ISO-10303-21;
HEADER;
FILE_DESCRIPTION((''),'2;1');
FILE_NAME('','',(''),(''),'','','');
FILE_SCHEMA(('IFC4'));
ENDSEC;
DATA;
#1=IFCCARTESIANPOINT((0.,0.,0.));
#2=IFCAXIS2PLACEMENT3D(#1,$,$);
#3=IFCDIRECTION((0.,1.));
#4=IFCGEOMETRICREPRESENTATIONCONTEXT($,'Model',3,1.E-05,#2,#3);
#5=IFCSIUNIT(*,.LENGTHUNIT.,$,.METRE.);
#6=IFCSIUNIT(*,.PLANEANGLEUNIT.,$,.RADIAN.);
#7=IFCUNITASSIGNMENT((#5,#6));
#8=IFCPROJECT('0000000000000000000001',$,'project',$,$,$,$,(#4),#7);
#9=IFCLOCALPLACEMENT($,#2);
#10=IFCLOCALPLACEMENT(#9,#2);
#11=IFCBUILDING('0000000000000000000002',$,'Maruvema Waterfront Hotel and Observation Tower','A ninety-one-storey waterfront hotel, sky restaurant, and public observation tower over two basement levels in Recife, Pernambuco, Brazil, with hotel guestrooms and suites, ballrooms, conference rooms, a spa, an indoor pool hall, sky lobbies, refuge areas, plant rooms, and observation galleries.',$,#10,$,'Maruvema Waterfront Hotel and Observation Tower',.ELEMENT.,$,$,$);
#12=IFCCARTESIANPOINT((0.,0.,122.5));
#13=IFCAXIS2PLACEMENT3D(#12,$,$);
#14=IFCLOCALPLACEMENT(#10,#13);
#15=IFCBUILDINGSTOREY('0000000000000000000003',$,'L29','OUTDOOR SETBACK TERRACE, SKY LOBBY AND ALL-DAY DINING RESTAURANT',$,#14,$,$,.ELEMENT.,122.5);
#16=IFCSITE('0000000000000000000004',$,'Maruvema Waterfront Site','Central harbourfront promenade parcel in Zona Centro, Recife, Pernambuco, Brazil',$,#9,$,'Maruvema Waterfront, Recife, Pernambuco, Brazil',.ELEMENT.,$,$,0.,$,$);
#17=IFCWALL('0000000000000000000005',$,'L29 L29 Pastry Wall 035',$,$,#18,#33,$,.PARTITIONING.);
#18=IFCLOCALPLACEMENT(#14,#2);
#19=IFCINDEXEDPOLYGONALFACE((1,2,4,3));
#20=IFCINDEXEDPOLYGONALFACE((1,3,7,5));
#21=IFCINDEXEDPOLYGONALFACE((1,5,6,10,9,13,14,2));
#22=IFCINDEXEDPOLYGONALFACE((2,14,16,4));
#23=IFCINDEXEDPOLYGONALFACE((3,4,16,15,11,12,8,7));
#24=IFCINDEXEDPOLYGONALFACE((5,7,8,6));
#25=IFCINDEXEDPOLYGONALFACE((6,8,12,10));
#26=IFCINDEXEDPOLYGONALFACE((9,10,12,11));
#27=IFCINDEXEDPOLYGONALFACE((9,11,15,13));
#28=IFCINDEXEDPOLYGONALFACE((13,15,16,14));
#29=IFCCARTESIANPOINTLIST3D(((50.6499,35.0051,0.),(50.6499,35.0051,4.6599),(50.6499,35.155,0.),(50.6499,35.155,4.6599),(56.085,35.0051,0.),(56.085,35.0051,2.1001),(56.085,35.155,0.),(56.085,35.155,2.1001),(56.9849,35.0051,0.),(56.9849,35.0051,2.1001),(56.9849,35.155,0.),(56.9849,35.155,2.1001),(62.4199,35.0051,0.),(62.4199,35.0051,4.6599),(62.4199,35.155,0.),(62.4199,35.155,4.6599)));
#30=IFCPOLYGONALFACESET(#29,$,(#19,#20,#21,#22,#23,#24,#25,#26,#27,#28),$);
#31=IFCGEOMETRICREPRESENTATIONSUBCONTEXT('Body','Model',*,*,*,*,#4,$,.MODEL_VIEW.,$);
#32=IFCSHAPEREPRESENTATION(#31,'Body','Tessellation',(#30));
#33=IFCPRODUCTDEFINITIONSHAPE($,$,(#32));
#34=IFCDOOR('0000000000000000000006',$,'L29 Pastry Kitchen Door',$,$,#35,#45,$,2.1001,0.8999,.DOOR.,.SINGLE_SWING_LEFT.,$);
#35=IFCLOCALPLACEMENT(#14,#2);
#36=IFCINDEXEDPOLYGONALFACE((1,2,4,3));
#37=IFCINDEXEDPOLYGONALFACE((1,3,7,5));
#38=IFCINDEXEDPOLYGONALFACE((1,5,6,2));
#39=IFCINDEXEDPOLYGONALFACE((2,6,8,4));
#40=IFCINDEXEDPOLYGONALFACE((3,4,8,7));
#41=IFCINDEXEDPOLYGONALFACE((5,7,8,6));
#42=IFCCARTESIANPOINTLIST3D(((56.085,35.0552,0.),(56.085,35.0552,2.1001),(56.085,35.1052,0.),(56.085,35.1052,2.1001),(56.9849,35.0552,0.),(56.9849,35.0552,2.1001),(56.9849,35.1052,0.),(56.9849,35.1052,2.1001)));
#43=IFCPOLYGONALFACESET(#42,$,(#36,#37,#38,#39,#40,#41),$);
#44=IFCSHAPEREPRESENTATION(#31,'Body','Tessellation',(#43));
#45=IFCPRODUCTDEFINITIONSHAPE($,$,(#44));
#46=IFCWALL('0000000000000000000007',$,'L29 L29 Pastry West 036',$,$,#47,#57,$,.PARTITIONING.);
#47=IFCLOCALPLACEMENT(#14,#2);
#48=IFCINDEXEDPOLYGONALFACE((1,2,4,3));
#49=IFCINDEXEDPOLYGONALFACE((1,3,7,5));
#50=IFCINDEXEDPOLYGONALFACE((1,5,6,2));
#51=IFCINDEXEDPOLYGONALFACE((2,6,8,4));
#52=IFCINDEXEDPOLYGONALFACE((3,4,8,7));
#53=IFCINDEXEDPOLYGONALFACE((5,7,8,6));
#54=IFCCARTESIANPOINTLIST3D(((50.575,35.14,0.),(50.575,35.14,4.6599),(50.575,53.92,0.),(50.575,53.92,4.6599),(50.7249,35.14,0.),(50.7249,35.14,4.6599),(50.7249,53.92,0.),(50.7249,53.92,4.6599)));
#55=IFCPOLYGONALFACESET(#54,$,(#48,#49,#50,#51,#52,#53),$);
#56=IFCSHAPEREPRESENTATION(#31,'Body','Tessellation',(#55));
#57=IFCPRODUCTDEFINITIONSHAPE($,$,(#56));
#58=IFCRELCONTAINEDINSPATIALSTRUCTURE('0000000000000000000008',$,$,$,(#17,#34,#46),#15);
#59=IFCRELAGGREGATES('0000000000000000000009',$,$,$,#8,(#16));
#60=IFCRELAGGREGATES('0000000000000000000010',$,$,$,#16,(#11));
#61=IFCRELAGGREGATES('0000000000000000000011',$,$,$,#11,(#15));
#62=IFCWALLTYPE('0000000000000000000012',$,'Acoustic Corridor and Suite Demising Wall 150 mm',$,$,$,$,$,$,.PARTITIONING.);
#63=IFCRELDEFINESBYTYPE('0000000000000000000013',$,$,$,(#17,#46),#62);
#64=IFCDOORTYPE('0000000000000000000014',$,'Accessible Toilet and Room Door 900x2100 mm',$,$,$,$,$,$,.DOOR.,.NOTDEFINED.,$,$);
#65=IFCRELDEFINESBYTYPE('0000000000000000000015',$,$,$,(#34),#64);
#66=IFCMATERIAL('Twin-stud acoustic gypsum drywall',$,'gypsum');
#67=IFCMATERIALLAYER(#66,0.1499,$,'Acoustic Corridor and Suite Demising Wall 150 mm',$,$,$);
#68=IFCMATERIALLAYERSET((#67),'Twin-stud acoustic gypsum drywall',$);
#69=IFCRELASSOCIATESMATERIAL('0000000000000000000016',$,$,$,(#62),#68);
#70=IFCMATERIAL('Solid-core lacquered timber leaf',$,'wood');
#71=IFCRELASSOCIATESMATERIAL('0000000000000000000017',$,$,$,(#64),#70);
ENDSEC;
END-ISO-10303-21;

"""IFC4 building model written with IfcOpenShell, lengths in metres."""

from ifc_helpers import new_model, si_unit, direction, frame, frame_2d, origin, place, context, subcontext, project, spatial, rectangle, extrude, material, layer, layer_set, type_object, element, fill, save


model = new_model("IFC4")

# Units and contexts
model_context = context("Model", 3, precision=1e-05, world=origin(), true_north=direction((0.0, 1.0)))
body_context = subcontext(model_context, "Body", "Model", "MODEL_VIEW")
ifc_project = project(units=[si_unit("LENGTHUNIT", "METRE"), si_unit("PLANEANGLEUNIT", "RADIAN")], contexts=[model_context])

# Site, building, storey
site_placement = place(None, origin())
site = spatial("IfcSite", under=ifc_project, at=site_placement, Name="Maruvema Waterfront Site", Description="Central harbourfront promenade parcel in Zona Centro, Recife, Pernambuco, Brazil", LongName="Maruvema Waterfront, Recife, Pernambuco, Brazil", CompositionType="ELEMENT", RefElevation=0.0)
building_placement = place(site_placement, origin())
building = spatial("IfcBuilding", under=site, at=building_placement, Name="Maruvema Waterfront Hotel and Observation Tower", Description="A ninety-one-storey waterfront hotel, sky restaurant, and public observation tower over two basement levels in Recife, Pernambuco, Brazil, with hotel guestrooms and suites, ballrooms, conference rooms, a spa, an indoor pool hall, sky lobbies, refuge areas, plant rooms, and observation galleries.", LongName="Maruvema Waterfront Hotel and Observation Tower", CompositionType="ELEMENT")
storey_placement = place(building_placement, frame((0.0, 0.0, 122.5)))
storey = spatial("IfcBuildingStorey", under=building, at=storey_placement, Name="L29", Description="OUTDOOR SETBACK TERRACE, SKY LOBBY AND ALL-DAY DINING RESTAURANT", CompositionType="ELEMENT", Elevation=122.5)

# Shared definitions
ifc_material_1 = material(Name="Twin-stud acoustic gypsum drywall", Category="gypsum")
ifc_layer_1 = layer(ifc_material_1, 0.1499, Name="Acoustic Corridor and Suite Demising Wall 150 mm")
ifc_layer_set_1 = layer_set([ifc_layer_1], Name="Twin-stud acoustic gypsum drywall")
wall_type = type_object("IfcWallType", Name="Acoustic Corridor and Suite Demising Wall 150 mm", PredefinedType="PARTITIONING", material=ifc_layer_set_1)

# Wall, opening, door
wall_1_placement = place(storey_placement, frame((50.6499, 35.0801, 0.0), z_axis=(0.0, 0.0, 1.0), x_axis=(1.0, 0.0, 0.0)))
wall_1 = element("IfcWall", 1, at=wall_1_placement, inside=storey, type_object=wall_type, Name="L29 L29 Pastry Wall 035", PredefinedType="PARTITIONING", context=body_context, shape_type="SweptSolid", body=[
    extrude(rectangle(XDim=11.77, YDim=0.1499, at=frame_2d((5.885, 0.0))), origin(), (0.0, 0.0, 1.0), 4.6599),
])
opening_1_placement = place(wall_1_placement, frame((5.4351, 0.0, 0.0)))
opening_1 = element("IfcOpeningElement", 2, at=opening_1_placement, cuts=wall_1, PredefinedType="OPENING", context=body_context, shape_type="SweptSolid", body=[
    extrude(rectangle(XDim=0.8999, YDim=2.1001, at=frame_2d((0.45, 1.05))), frame((0.0, 0.085, 0.0), z_axis=(0.0, -1.0, 0.0), x_axis=(1.0, 0.0, 0.0)), (0.0, 0.0, 1.0), 0.1699),
])
ifc_material_2 = material(Name="Solid-core lacquered timber leaf", Category="wood")
door_type_1 = type_object("IfcDoorType", Name="Accessible Toilet and Room Door 900x2100 mm", OperationType="NOTDEFINED", PredefinedType="DOOR", material=ifc_material_2)
door_1_placement = place(opening_1_placement, frame((0.8999, 0.0, 0.0), z_axis=(0.0, 0.0, 1.0), x_axis=(-1.0, 0.0, 0.0)))
door_1 = element("IfcDoor", 3, at=door_1_placement, inside=storey, type_object=door_type_1, Name="L29 Pastry Kitchen Door", OperationType="SINGLE_SWING_LEFT", OverallHeight=2.1001, OverallWidth=0.8999, PredefinedType="DOOR", context=body_context, shape_type="SweptSolid", body=[
    extrude(rectangle(XDim=0.8999, YDim=2.1001, at=frame_2d((0.45, 1.05))), frame((0.0, 0.0249, 0.0), z_axis=(0.0, -1.0, 0.0), x_axis=(1.0, 0.0, 0.0)), (0.0, 0.0, 1.0), 0.05),
])
fill(opening_1, door_1)

# Wall
wall_2_placement = place(storey_placement, frame((50.6499, 35.1399, 0.0), z_axis=(0.0, 0.0, 1.0), x_axis=(0.0, 1.0, 0.0)))
element("IfcWall", 4, at=wall_2_placement, inside=storey, type_object=wall_type, Name="L29 L29 Pastry West 036", PredefinedType="PARTITIONING", context=body_context, shape_type="SweptSolid", body=[
    extrude(rectangle(XDim=18.78, YDim=0.1499, at=frame_2d((9.3901, 0.0))), origin(), (0.0, 0.0, 1.0), 4.6599),
])

save(model, "model.ifc")
